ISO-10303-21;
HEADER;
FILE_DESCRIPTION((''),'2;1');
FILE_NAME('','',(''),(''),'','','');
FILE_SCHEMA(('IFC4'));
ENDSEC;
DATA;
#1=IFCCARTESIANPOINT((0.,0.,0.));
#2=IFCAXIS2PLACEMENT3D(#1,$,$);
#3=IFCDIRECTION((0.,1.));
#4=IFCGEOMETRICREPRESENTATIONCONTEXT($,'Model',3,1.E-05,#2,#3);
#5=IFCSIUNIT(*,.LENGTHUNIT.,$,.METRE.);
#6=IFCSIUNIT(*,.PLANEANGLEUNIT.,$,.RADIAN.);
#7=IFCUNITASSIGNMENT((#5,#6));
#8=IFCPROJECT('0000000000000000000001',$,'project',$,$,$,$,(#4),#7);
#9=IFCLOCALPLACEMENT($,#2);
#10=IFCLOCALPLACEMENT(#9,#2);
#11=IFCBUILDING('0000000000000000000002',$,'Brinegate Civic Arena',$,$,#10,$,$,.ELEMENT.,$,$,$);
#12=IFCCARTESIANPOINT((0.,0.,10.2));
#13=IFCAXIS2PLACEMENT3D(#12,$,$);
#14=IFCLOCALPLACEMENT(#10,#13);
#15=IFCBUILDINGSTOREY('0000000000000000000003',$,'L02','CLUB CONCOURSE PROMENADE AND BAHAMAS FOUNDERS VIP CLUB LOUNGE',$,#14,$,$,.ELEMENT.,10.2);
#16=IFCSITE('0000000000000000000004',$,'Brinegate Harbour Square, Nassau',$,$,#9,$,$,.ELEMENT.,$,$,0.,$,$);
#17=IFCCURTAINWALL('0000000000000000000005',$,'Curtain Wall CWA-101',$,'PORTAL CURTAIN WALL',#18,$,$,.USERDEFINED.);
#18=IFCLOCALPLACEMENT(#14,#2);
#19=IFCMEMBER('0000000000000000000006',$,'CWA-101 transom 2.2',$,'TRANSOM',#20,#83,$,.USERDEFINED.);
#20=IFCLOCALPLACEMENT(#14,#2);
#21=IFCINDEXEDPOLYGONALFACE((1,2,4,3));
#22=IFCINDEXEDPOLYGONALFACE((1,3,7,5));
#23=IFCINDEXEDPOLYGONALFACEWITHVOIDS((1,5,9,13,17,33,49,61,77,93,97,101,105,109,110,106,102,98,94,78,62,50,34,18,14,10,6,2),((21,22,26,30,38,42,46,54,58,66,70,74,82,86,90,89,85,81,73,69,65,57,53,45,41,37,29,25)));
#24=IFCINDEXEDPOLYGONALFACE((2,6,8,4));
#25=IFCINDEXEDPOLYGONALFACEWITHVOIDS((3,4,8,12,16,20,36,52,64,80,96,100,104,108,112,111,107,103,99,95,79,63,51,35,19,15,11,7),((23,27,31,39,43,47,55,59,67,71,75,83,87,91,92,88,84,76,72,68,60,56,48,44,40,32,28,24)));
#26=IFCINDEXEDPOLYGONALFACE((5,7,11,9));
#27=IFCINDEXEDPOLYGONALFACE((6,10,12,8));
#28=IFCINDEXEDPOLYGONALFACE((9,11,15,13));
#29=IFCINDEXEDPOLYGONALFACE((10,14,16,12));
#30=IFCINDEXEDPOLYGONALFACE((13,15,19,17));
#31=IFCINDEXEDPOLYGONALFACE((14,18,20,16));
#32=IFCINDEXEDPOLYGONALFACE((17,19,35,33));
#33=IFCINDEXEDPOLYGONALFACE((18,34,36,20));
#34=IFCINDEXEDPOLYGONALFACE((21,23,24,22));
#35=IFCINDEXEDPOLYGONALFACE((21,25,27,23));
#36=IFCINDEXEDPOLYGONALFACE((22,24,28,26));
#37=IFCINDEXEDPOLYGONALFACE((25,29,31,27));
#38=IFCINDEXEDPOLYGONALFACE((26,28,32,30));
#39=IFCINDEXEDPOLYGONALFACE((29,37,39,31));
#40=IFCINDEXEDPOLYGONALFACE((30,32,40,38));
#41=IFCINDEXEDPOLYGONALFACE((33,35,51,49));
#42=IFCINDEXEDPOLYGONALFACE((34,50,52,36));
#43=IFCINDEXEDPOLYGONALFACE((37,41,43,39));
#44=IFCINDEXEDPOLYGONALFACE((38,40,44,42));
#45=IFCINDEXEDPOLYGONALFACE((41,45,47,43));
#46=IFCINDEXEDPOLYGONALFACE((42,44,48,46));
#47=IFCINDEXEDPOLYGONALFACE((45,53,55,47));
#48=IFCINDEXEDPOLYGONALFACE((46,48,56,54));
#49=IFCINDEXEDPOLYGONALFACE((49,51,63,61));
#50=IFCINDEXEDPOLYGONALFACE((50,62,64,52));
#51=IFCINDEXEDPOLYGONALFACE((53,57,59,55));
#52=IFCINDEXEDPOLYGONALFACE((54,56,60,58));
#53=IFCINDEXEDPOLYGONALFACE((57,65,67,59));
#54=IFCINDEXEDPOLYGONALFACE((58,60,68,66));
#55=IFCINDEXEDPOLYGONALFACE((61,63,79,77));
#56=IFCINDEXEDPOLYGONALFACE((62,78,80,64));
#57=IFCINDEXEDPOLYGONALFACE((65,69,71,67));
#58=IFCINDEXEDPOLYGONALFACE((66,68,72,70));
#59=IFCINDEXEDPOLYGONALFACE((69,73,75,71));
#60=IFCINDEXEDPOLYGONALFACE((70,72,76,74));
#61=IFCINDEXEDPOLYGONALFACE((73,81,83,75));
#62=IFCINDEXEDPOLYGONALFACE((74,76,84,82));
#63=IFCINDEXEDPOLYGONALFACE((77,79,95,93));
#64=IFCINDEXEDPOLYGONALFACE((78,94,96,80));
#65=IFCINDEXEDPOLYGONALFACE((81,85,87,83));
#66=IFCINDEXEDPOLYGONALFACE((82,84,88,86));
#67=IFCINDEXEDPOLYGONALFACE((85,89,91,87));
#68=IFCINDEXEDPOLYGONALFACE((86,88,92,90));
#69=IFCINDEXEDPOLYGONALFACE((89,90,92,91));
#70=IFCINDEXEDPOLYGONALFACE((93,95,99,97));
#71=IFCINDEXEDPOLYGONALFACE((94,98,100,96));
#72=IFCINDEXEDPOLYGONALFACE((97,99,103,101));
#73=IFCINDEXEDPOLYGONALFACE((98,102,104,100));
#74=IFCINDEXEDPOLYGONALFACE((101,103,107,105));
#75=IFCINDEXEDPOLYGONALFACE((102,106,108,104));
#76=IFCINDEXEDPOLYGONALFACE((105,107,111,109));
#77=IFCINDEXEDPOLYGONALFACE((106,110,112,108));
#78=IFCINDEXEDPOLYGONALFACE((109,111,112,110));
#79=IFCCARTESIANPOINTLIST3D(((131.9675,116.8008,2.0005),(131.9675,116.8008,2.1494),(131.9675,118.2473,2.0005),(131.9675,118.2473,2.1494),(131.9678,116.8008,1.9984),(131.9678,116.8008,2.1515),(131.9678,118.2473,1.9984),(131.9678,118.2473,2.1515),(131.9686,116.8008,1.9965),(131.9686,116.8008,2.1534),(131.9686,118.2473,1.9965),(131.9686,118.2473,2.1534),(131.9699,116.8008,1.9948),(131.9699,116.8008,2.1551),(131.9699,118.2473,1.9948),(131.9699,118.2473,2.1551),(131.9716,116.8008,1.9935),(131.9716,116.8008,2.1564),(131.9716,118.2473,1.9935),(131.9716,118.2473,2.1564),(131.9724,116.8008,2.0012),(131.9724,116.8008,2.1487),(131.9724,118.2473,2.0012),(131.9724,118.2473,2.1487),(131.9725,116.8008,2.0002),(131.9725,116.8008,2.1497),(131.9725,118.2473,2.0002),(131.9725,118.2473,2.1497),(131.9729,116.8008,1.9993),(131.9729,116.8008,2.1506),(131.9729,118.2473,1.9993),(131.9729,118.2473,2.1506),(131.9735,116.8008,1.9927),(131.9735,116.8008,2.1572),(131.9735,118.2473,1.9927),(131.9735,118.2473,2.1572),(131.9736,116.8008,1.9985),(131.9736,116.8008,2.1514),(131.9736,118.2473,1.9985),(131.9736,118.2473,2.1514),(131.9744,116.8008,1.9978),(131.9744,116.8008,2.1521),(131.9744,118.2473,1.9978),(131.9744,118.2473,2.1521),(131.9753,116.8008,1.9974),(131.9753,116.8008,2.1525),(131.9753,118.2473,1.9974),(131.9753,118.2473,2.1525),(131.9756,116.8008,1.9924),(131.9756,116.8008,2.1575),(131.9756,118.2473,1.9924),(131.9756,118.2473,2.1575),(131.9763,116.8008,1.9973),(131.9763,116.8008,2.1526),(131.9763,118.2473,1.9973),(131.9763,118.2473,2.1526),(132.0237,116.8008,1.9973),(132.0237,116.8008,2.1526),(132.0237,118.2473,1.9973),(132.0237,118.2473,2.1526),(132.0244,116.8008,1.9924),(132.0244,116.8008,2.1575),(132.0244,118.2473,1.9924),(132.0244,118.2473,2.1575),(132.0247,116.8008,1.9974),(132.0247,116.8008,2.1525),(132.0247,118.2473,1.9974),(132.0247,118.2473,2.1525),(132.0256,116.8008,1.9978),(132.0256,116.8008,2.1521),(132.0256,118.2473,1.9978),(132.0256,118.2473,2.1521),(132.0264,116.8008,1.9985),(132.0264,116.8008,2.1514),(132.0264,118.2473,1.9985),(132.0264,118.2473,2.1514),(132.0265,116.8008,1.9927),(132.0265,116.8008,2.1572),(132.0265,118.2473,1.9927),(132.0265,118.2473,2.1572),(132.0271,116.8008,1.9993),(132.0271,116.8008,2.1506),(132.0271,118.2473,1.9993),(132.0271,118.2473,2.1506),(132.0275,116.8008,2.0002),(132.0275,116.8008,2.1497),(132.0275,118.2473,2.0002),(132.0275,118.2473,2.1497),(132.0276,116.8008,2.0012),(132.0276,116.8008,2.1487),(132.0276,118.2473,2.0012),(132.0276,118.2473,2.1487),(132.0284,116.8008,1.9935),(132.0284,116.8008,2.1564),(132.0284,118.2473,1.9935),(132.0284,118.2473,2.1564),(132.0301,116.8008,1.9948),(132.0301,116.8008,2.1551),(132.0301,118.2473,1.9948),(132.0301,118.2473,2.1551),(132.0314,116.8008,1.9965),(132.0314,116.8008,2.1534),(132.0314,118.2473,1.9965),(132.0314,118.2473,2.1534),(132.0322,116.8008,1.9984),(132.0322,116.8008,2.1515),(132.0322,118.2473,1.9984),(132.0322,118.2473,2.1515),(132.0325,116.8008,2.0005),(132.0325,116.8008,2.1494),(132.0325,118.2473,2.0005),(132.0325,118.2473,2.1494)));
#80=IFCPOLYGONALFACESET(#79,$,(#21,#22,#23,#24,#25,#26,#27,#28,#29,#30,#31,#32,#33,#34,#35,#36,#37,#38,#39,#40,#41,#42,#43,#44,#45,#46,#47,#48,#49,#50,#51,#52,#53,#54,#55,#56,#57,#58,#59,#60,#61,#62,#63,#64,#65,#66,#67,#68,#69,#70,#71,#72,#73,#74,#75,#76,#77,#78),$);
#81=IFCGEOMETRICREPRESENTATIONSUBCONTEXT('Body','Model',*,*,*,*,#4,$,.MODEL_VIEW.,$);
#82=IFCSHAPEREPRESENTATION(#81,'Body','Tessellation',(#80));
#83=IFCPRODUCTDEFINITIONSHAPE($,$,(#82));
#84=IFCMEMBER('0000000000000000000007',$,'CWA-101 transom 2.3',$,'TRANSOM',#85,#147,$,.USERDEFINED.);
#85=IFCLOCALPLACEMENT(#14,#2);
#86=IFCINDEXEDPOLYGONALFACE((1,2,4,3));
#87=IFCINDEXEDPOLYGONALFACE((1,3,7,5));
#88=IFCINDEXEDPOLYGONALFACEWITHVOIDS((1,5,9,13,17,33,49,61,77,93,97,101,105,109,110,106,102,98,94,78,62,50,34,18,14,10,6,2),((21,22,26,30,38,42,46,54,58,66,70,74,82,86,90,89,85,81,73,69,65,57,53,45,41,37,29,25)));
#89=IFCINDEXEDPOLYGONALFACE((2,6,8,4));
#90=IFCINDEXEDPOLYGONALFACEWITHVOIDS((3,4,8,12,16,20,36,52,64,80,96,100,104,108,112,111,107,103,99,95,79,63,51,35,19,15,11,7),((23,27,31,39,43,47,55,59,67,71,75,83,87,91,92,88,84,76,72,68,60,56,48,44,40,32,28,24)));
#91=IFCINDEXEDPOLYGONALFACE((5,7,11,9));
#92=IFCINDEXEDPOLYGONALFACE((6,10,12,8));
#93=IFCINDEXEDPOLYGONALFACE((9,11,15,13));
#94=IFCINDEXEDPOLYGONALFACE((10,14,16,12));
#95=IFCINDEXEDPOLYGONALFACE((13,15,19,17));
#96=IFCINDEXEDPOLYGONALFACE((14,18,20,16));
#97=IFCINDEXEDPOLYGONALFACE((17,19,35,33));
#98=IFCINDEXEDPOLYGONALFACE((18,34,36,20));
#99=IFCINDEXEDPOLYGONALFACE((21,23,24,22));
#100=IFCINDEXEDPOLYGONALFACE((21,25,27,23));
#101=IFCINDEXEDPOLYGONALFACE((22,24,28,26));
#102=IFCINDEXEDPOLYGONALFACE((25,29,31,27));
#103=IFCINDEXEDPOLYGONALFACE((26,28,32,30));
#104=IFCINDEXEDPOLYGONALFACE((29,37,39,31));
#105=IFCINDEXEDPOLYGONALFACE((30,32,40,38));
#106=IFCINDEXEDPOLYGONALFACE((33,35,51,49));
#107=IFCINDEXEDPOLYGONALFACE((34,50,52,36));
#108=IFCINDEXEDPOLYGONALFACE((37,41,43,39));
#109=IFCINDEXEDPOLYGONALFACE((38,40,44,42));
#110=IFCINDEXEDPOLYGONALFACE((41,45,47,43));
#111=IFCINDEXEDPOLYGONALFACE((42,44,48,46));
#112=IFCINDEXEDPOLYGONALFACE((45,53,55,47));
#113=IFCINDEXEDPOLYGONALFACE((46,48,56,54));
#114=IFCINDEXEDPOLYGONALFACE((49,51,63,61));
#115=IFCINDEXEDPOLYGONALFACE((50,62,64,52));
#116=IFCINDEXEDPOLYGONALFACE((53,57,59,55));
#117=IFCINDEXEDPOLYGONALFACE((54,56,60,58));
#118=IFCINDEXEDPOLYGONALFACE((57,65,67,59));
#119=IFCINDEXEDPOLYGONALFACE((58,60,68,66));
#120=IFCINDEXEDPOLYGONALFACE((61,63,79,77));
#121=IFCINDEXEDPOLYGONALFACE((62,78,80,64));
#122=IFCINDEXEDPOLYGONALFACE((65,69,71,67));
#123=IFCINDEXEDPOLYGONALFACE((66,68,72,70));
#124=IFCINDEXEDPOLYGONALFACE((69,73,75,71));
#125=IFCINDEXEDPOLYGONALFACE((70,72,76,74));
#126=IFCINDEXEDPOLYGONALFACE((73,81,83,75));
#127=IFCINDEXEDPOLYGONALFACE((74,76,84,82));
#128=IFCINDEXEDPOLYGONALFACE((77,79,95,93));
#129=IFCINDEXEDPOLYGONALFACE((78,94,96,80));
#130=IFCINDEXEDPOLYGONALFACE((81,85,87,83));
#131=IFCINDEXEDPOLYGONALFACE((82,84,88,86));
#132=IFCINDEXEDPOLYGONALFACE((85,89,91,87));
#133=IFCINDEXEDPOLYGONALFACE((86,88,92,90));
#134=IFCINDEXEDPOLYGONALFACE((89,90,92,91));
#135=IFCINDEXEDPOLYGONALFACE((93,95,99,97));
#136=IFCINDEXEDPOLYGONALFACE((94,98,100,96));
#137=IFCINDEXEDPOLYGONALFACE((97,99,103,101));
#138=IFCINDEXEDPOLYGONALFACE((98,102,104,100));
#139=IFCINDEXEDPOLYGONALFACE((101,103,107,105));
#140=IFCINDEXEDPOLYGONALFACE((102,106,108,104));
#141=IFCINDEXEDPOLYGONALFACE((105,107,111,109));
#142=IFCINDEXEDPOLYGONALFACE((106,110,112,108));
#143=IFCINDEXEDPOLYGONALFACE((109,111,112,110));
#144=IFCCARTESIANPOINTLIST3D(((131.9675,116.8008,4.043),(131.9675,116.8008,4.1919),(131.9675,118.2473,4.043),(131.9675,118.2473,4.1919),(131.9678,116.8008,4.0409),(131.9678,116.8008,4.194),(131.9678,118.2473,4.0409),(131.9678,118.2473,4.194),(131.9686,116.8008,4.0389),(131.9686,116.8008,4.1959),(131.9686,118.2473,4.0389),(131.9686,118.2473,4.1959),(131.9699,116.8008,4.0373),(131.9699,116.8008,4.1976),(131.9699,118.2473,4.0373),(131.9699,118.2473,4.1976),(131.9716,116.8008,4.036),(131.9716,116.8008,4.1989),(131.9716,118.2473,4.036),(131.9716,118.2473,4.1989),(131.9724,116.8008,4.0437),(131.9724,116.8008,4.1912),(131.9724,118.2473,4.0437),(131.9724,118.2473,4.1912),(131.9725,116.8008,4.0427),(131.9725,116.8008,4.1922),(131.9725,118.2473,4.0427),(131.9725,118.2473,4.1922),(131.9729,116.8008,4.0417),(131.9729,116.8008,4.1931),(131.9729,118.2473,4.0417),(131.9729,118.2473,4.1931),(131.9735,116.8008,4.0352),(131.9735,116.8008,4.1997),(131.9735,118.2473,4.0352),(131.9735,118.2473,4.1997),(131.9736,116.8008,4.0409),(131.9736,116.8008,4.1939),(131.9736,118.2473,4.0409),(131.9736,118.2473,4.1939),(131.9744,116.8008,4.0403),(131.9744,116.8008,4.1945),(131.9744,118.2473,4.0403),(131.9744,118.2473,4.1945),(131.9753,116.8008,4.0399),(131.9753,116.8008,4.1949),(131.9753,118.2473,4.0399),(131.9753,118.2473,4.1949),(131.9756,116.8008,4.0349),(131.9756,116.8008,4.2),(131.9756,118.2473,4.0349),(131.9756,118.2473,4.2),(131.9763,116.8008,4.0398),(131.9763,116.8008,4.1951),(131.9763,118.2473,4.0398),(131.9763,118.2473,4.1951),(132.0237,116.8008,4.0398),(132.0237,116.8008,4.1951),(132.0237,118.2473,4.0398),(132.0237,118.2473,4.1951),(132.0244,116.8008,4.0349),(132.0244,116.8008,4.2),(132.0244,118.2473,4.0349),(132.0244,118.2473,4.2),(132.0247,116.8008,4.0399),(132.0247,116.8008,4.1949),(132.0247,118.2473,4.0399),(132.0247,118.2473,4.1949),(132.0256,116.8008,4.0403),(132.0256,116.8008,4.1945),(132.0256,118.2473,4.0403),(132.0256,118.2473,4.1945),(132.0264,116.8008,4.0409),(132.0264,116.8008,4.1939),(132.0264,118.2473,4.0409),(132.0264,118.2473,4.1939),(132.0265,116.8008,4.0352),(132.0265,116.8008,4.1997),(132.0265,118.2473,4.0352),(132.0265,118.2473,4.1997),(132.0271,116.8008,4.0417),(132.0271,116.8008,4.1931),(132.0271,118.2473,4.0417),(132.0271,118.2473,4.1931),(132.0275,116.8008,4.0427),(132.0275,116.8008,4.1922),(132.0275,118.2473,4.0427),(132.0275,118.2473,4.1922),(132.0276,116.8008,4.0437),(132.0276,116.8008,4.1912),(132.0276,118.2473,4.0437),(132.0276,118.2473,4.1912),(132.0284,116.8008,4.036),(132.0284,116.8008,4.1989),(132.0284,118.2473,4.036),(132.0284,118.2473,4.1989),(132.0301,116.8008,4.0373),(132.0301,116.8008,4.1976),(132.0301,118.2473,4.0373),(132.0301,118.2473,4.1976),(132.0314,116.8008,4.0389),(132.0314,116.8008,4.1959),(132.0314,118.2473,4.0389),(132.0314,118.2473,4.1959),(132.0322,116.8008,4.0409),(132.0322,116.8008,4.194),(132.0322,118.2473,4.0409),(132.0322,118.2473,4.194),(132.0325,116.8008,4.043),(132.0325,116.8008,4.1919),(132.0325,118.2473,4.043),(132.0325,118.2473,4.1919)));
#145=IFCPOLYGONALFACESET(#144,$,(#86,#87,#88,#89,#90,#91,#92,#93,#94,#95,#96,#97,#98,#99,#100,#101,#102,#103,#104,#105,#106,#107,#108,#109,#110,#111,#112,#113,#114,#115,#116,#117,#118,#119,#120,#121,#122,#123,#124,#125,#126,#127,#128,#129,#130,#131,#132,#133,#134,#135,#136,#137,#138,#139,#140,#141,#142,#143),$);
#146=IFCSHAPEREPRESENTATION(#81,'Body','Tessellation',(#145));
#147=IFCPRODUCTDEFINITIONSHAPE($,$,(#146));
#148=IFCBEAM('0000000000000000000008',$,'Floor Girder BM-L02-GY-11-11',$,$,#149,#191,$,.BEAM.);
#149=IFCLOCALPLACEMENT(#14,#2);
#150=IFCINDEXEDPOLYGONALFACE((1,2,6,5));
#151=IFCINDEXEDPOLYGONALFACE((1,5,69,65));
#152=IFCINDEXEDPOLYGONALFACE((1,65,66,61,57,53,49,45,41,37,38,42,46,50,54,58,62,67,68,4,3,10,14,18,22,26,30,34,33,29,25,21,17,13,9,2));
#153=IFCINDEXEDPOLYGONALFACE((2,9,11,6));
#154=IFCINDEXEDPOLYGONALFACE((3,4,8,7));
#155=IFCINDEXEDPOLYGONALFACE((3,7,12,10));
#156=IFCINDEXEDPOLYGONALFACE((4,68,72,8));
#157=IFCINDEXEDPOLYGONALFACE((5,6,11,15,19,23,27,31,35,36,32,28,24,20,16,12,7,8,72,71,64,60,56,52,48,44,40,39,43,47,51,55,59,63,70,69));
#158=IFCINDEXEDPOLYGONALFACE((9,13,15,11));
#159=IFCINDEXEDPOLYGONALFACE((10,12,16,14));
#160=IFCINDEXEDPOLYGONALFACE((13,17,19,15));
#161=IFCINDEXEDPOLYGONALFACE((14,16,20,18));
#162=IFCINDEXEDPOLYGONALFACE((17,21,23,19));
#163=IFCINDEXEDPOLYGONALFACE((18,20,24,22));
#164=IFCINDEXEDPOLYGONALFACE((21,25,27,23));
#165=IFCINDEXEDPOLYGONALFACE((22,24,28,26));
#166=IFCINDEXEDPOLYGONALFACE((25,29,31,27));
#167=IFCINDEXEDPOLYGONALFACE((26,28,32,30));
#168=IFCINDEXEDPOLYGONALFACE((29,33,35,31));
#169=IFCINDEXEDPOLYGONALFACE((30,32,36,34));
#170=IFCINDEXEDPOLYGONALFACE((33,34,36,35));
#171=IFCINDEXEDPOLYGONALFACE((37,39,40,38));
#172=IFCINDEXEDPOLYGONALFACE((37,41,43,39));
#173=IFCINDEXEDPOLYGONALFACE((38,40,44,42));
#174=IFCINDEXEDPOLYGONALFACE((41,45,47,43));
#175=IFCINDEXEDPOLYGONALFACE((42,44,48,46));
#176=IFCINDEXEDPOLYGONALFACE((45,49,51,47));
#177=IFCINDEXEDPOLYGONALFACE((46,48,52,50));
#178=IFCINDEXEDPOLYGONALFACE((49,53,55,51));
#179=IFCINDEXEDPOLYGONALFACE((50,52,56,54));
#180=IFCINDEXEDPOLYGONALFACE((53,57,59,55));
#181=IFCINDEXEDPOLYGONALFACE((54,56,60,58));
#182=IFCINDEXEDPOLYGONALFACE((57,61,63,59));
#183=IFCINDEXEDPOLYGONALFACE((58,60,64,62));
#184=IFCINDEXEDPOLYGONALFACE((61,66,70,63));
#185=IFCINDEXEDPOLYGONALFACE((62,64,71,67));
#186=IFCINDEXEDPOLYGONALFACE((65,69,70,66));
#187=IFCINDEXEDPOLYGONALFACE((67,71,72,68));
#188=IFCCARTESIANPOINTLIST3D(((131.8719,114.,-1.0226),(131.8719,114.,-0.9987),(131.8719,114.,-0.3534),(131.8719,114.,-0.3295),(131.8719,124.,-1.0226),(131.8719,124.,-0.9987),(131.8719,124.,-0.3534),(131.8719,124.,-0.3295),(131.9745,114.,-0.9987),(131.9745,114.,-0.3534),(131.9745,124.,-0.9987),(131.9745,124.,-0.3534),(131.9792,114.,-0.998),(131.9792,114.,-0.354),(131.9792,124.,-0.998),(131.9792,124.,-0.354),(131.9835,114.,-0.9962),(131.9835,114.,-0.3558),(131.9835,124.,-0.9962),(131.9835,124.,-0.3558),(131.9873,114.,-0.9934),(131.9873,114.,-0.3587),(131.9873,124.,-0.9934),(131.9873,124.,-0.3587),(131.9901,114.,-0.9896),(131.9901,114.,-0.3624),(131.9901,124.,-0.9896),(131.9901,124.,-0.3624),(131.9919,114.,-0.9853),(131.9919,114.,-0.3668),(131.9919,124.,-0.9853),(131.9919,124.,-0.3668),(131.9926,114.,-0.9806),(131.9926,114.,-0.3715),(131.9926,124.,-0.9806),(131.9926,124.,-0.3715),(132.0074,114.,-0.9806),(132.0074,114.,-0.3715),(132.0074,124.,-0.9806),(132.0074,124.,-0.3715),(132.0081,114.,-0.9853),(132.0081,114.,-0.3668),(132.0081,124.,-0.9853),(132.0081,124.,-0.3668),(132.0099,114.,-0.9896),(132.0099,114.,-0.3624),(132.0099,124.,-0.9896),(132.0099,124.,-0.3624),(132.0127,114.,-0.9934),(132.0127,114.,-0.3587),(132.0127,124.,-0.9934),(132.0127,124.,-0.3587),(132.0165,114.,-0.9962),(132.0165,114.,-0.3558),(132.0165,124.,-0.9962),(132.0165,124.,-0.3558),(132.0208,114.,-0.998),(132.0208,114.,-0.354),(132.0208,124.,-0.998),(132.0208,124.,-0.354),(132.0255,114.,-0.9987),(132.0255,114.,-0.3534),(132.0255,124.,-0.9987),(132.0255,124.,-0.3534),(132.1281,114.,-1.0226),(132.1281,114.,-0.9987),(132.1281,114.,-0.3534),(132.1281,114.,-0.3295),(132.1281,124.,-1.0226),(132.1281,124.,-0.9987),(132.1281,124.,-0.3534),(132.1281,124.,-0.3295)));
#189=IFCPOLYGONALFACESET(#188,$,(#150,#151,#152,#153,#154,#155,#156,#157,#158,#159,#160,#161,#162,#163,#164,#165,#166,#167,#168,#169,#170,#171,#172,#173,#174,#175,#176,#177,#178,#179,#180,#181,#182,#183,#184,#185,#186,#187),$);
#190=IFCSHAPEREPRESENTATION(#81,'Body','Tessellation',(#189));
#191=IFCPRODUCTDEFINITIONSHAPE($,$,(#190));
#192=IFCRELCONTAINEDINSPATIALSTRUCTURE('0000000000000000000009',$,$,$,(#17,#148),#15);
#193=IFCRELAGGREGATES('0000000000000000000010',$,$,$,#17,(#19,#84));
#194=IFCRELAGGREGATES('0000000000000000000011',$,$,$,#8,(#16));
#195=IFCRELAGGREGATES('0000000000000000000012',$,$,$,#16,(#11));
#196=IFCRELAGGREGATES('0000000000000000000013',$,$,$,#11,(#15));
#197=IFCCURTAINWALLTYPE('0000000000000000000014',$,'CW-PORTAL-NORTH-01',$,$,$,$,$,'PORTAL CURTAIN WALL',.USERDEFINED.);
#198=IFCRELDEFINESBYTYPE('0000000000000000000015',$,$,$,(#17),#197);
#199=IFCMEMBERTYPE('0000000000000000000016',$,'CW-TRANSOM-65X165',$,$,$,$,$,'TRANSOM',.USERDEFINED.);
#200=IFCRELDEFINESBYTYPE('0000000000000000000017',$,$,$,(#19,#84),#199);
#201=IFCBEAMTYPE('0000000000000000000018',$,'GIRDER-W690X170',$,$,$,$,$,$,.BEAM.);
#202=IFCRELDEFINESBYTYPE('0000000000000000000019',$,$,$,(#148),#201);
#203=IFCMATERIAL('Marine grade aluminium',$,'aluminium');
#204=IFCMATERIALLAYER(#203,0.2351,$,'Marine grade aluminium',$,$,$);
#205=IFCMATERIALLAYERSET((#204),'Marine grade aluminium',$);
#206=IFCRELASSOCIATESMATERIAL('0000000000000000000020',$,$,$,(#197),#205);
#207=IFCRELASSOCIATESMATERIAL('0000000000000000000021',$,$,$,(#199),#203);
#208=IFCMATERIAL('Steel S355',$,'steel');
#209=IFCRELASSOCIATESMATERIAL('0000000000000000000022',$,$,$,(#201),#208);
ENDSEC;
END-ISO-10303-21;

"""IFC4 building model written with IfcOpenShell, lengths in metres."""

from ifc_helpers import new_model, si_unit, direction, frame, origin, origin_2d, place, context, subcontext, project, spatial, hollow_rectangle, i_section, extrude, material, layer, layer_set, material_profile, profile_set, type_object, element, aggregate, save


model = new_model("IFC4")

# Units and contexts
model_context = context("Model", 3, precision=1e-05, world=origin(), true_north=direction((0.0, 1.0)))
body_context = subcontext(model_context, "Body", "Model", "MODEL_VIEW")
ifc_project = project(units=[si_unit("LENGTHUNIT", "METRE"), si_unit("PLANEANGLEUNIT", "RADIAN")], contexts=[model_context])

# Site, building, storey
site_placement = place(None, origin())
site = spatial("IfcSite", under=ifc_project, at=site_placement, Name="Brinegate Harbour Square, Nassau", CompositionType="ELEMENT", RefElevation=0.0)
building_placement = place(site_placement, origin())
building = spatial("IfcBuilding", under=site, at=building_placement, Name="Brinegate Civic Arena", CompositionType="ELEMENT")
storey_placement = place(building_placement, frame((0.0, 0.0, 10.2)))
storey = spatial("IfcBuildingStorey", under=building, at=storey_placement, Name="L02", Description="CLUB CONCOURSE PROMENADE AND BAHAMAS FOUNDERS VIP CLUB LOUNGE", CompositionType="ELEMENT", Elevation=10.2)

# Curtain wall, members
ifc_material_1 = material(Name="Marine grade aluminium", Category="aluminium")
ifc_layer_1 = layer(ifc_material_1, 0.2351, Name="Marine grade aluminium")
ifc_layer_set_1 = layer_set([ifc_layer_1], Name="Marine grade aluminium")
curtain_wall_type = type_object("IfcCurtainWallType", Name="CW-PORTAL-NORTH-01", ElementType="PORTAL CURTAIN WALL", PredefinedType="USERDEFINED", material=ifc_layer_set_1)
curtain_wall_placement = place(storey_placement, origin())
curtain_wall = element("IfcCurtainWall", 1, at=curtain_wall_placement, inside=storey, type_object=curtain_wall_type, Name="Curtain Wall CWA-101", ObjectType="PORTAL CURTAIN WALL", PredefinedType="USERDEFINED")
ifc_material_profile_1 = material_profile(ifc_material_1, hollow_rectangle(XDim=0.0649, YDim=0.165, WallThickness=0.0049, InnerFilletRadius=0.0039, OuterFilletRadius=0.0081, at=origin_2d()), Name="TRN65X165")
ifc_profile_set_1 = profile_set([ifc_material_profile_1], Name="Marine grade aluminium")
member_type_1 = type_object("IfcMemberType", Name="CW-TRANSOM-65X165", ElementType="TRANSOM", PredefinedType="USERDEFINED", material=ifc_profile_set_1)
member_1_placement = place(storey_placement, frame((132.0, 116.8008, 2.075), z_axis=(0.0, 1.0, 0.0), x_axis=(-1.0, 0.0, 0.0)))
member_1 = element("IfcMember", 2, at=member_1_placement, type_object=member_type_1, Name="CWA-101 transom 2.2", ObjectType="TRANSOM", PredefinedType="USERDEFINED", context=body_context, shape_type="SweptSolid", body=[
    extrude(hollow_rectangle(XDim=0.0649, YDim=0.165, WallThickness=0.0049, InnerFilletRadius=0.0039, OuterFilletRadius=0.0081, at=origin_2d()), origin(), (0.0, 0.0, 1.0), 1.4465),
])
member_2_placement = place(storey_placement, frame((132.0, 116.8008, 4.1174), z_axis=(0.0, 1.0, 0.0), x_axis=(-1.0, 0.0, 0.0)))
member_2 = element("IfcMember", 3, at=member_2_placement, type_object=member_type_1, Name="CWA-101 transom 2.3", ObjectType="TRANSOM", PredefinedType="USERDEFINED", context=body_context, shape_type="SweptSolid", body=[
    extrude(hollow_rectangle(XDim=0.0649, YDim=0.165, WallThickness=0.0049, InnerFilletRadius=0.0039, OuterFilletRadius=0.0081, at=origin_2d()), origin(), (0.0, 0.0, 1.0), 1.4465),
])

# Beam
ifc_material_2 = material(Name="Steel S355", Category="steel")
ifc_material_profile_2 = material_profile(ifc_material_2, i_section(OverallWidth=0.2561, OverallDepth=0.6931, WebThickness=0.0149, FlangeThickness=0.0239, FilletRadius=0.0181, at=origin_2d()), Name="W690X170")
ifc_profile_set_2 = profile_set([ifc_material_profile_2], Name="Steel S355")
beam_type_1 = type_object("IfcBeamType", Name="GIRDER-W690X170", PredefinedType="BEAM", material=ifc_profile_set_2)
beam_1_placement = place(storey_placement, frame((132.0, 114.0, -0.676), z_axis=(0.0, 1.0, 0.0), x_axis=(-1.0, 0.0, 0.0)))
element("IfcBeam", 4, at=beam_1_placement, inside=storey, type_object=beam_type_1, Name="Floor Girder BM-L02-GY-11-11", PredefinedType="BEAM", context=body_context, shape_type="SweptSolid", body=[
    extrude(i_section(OverallWidth=0.2561, OverallDepth=0.6931, WebThickness=0.0149, FlangeThickness=0.0239, FilletRadius=0.0181, at=origin_2d()), origin(), (0.0, 0.0, 1.0), 10.0),
])

aggregate(curtain_wall, [member_1, member_2])

save(model, "model.ifc")
